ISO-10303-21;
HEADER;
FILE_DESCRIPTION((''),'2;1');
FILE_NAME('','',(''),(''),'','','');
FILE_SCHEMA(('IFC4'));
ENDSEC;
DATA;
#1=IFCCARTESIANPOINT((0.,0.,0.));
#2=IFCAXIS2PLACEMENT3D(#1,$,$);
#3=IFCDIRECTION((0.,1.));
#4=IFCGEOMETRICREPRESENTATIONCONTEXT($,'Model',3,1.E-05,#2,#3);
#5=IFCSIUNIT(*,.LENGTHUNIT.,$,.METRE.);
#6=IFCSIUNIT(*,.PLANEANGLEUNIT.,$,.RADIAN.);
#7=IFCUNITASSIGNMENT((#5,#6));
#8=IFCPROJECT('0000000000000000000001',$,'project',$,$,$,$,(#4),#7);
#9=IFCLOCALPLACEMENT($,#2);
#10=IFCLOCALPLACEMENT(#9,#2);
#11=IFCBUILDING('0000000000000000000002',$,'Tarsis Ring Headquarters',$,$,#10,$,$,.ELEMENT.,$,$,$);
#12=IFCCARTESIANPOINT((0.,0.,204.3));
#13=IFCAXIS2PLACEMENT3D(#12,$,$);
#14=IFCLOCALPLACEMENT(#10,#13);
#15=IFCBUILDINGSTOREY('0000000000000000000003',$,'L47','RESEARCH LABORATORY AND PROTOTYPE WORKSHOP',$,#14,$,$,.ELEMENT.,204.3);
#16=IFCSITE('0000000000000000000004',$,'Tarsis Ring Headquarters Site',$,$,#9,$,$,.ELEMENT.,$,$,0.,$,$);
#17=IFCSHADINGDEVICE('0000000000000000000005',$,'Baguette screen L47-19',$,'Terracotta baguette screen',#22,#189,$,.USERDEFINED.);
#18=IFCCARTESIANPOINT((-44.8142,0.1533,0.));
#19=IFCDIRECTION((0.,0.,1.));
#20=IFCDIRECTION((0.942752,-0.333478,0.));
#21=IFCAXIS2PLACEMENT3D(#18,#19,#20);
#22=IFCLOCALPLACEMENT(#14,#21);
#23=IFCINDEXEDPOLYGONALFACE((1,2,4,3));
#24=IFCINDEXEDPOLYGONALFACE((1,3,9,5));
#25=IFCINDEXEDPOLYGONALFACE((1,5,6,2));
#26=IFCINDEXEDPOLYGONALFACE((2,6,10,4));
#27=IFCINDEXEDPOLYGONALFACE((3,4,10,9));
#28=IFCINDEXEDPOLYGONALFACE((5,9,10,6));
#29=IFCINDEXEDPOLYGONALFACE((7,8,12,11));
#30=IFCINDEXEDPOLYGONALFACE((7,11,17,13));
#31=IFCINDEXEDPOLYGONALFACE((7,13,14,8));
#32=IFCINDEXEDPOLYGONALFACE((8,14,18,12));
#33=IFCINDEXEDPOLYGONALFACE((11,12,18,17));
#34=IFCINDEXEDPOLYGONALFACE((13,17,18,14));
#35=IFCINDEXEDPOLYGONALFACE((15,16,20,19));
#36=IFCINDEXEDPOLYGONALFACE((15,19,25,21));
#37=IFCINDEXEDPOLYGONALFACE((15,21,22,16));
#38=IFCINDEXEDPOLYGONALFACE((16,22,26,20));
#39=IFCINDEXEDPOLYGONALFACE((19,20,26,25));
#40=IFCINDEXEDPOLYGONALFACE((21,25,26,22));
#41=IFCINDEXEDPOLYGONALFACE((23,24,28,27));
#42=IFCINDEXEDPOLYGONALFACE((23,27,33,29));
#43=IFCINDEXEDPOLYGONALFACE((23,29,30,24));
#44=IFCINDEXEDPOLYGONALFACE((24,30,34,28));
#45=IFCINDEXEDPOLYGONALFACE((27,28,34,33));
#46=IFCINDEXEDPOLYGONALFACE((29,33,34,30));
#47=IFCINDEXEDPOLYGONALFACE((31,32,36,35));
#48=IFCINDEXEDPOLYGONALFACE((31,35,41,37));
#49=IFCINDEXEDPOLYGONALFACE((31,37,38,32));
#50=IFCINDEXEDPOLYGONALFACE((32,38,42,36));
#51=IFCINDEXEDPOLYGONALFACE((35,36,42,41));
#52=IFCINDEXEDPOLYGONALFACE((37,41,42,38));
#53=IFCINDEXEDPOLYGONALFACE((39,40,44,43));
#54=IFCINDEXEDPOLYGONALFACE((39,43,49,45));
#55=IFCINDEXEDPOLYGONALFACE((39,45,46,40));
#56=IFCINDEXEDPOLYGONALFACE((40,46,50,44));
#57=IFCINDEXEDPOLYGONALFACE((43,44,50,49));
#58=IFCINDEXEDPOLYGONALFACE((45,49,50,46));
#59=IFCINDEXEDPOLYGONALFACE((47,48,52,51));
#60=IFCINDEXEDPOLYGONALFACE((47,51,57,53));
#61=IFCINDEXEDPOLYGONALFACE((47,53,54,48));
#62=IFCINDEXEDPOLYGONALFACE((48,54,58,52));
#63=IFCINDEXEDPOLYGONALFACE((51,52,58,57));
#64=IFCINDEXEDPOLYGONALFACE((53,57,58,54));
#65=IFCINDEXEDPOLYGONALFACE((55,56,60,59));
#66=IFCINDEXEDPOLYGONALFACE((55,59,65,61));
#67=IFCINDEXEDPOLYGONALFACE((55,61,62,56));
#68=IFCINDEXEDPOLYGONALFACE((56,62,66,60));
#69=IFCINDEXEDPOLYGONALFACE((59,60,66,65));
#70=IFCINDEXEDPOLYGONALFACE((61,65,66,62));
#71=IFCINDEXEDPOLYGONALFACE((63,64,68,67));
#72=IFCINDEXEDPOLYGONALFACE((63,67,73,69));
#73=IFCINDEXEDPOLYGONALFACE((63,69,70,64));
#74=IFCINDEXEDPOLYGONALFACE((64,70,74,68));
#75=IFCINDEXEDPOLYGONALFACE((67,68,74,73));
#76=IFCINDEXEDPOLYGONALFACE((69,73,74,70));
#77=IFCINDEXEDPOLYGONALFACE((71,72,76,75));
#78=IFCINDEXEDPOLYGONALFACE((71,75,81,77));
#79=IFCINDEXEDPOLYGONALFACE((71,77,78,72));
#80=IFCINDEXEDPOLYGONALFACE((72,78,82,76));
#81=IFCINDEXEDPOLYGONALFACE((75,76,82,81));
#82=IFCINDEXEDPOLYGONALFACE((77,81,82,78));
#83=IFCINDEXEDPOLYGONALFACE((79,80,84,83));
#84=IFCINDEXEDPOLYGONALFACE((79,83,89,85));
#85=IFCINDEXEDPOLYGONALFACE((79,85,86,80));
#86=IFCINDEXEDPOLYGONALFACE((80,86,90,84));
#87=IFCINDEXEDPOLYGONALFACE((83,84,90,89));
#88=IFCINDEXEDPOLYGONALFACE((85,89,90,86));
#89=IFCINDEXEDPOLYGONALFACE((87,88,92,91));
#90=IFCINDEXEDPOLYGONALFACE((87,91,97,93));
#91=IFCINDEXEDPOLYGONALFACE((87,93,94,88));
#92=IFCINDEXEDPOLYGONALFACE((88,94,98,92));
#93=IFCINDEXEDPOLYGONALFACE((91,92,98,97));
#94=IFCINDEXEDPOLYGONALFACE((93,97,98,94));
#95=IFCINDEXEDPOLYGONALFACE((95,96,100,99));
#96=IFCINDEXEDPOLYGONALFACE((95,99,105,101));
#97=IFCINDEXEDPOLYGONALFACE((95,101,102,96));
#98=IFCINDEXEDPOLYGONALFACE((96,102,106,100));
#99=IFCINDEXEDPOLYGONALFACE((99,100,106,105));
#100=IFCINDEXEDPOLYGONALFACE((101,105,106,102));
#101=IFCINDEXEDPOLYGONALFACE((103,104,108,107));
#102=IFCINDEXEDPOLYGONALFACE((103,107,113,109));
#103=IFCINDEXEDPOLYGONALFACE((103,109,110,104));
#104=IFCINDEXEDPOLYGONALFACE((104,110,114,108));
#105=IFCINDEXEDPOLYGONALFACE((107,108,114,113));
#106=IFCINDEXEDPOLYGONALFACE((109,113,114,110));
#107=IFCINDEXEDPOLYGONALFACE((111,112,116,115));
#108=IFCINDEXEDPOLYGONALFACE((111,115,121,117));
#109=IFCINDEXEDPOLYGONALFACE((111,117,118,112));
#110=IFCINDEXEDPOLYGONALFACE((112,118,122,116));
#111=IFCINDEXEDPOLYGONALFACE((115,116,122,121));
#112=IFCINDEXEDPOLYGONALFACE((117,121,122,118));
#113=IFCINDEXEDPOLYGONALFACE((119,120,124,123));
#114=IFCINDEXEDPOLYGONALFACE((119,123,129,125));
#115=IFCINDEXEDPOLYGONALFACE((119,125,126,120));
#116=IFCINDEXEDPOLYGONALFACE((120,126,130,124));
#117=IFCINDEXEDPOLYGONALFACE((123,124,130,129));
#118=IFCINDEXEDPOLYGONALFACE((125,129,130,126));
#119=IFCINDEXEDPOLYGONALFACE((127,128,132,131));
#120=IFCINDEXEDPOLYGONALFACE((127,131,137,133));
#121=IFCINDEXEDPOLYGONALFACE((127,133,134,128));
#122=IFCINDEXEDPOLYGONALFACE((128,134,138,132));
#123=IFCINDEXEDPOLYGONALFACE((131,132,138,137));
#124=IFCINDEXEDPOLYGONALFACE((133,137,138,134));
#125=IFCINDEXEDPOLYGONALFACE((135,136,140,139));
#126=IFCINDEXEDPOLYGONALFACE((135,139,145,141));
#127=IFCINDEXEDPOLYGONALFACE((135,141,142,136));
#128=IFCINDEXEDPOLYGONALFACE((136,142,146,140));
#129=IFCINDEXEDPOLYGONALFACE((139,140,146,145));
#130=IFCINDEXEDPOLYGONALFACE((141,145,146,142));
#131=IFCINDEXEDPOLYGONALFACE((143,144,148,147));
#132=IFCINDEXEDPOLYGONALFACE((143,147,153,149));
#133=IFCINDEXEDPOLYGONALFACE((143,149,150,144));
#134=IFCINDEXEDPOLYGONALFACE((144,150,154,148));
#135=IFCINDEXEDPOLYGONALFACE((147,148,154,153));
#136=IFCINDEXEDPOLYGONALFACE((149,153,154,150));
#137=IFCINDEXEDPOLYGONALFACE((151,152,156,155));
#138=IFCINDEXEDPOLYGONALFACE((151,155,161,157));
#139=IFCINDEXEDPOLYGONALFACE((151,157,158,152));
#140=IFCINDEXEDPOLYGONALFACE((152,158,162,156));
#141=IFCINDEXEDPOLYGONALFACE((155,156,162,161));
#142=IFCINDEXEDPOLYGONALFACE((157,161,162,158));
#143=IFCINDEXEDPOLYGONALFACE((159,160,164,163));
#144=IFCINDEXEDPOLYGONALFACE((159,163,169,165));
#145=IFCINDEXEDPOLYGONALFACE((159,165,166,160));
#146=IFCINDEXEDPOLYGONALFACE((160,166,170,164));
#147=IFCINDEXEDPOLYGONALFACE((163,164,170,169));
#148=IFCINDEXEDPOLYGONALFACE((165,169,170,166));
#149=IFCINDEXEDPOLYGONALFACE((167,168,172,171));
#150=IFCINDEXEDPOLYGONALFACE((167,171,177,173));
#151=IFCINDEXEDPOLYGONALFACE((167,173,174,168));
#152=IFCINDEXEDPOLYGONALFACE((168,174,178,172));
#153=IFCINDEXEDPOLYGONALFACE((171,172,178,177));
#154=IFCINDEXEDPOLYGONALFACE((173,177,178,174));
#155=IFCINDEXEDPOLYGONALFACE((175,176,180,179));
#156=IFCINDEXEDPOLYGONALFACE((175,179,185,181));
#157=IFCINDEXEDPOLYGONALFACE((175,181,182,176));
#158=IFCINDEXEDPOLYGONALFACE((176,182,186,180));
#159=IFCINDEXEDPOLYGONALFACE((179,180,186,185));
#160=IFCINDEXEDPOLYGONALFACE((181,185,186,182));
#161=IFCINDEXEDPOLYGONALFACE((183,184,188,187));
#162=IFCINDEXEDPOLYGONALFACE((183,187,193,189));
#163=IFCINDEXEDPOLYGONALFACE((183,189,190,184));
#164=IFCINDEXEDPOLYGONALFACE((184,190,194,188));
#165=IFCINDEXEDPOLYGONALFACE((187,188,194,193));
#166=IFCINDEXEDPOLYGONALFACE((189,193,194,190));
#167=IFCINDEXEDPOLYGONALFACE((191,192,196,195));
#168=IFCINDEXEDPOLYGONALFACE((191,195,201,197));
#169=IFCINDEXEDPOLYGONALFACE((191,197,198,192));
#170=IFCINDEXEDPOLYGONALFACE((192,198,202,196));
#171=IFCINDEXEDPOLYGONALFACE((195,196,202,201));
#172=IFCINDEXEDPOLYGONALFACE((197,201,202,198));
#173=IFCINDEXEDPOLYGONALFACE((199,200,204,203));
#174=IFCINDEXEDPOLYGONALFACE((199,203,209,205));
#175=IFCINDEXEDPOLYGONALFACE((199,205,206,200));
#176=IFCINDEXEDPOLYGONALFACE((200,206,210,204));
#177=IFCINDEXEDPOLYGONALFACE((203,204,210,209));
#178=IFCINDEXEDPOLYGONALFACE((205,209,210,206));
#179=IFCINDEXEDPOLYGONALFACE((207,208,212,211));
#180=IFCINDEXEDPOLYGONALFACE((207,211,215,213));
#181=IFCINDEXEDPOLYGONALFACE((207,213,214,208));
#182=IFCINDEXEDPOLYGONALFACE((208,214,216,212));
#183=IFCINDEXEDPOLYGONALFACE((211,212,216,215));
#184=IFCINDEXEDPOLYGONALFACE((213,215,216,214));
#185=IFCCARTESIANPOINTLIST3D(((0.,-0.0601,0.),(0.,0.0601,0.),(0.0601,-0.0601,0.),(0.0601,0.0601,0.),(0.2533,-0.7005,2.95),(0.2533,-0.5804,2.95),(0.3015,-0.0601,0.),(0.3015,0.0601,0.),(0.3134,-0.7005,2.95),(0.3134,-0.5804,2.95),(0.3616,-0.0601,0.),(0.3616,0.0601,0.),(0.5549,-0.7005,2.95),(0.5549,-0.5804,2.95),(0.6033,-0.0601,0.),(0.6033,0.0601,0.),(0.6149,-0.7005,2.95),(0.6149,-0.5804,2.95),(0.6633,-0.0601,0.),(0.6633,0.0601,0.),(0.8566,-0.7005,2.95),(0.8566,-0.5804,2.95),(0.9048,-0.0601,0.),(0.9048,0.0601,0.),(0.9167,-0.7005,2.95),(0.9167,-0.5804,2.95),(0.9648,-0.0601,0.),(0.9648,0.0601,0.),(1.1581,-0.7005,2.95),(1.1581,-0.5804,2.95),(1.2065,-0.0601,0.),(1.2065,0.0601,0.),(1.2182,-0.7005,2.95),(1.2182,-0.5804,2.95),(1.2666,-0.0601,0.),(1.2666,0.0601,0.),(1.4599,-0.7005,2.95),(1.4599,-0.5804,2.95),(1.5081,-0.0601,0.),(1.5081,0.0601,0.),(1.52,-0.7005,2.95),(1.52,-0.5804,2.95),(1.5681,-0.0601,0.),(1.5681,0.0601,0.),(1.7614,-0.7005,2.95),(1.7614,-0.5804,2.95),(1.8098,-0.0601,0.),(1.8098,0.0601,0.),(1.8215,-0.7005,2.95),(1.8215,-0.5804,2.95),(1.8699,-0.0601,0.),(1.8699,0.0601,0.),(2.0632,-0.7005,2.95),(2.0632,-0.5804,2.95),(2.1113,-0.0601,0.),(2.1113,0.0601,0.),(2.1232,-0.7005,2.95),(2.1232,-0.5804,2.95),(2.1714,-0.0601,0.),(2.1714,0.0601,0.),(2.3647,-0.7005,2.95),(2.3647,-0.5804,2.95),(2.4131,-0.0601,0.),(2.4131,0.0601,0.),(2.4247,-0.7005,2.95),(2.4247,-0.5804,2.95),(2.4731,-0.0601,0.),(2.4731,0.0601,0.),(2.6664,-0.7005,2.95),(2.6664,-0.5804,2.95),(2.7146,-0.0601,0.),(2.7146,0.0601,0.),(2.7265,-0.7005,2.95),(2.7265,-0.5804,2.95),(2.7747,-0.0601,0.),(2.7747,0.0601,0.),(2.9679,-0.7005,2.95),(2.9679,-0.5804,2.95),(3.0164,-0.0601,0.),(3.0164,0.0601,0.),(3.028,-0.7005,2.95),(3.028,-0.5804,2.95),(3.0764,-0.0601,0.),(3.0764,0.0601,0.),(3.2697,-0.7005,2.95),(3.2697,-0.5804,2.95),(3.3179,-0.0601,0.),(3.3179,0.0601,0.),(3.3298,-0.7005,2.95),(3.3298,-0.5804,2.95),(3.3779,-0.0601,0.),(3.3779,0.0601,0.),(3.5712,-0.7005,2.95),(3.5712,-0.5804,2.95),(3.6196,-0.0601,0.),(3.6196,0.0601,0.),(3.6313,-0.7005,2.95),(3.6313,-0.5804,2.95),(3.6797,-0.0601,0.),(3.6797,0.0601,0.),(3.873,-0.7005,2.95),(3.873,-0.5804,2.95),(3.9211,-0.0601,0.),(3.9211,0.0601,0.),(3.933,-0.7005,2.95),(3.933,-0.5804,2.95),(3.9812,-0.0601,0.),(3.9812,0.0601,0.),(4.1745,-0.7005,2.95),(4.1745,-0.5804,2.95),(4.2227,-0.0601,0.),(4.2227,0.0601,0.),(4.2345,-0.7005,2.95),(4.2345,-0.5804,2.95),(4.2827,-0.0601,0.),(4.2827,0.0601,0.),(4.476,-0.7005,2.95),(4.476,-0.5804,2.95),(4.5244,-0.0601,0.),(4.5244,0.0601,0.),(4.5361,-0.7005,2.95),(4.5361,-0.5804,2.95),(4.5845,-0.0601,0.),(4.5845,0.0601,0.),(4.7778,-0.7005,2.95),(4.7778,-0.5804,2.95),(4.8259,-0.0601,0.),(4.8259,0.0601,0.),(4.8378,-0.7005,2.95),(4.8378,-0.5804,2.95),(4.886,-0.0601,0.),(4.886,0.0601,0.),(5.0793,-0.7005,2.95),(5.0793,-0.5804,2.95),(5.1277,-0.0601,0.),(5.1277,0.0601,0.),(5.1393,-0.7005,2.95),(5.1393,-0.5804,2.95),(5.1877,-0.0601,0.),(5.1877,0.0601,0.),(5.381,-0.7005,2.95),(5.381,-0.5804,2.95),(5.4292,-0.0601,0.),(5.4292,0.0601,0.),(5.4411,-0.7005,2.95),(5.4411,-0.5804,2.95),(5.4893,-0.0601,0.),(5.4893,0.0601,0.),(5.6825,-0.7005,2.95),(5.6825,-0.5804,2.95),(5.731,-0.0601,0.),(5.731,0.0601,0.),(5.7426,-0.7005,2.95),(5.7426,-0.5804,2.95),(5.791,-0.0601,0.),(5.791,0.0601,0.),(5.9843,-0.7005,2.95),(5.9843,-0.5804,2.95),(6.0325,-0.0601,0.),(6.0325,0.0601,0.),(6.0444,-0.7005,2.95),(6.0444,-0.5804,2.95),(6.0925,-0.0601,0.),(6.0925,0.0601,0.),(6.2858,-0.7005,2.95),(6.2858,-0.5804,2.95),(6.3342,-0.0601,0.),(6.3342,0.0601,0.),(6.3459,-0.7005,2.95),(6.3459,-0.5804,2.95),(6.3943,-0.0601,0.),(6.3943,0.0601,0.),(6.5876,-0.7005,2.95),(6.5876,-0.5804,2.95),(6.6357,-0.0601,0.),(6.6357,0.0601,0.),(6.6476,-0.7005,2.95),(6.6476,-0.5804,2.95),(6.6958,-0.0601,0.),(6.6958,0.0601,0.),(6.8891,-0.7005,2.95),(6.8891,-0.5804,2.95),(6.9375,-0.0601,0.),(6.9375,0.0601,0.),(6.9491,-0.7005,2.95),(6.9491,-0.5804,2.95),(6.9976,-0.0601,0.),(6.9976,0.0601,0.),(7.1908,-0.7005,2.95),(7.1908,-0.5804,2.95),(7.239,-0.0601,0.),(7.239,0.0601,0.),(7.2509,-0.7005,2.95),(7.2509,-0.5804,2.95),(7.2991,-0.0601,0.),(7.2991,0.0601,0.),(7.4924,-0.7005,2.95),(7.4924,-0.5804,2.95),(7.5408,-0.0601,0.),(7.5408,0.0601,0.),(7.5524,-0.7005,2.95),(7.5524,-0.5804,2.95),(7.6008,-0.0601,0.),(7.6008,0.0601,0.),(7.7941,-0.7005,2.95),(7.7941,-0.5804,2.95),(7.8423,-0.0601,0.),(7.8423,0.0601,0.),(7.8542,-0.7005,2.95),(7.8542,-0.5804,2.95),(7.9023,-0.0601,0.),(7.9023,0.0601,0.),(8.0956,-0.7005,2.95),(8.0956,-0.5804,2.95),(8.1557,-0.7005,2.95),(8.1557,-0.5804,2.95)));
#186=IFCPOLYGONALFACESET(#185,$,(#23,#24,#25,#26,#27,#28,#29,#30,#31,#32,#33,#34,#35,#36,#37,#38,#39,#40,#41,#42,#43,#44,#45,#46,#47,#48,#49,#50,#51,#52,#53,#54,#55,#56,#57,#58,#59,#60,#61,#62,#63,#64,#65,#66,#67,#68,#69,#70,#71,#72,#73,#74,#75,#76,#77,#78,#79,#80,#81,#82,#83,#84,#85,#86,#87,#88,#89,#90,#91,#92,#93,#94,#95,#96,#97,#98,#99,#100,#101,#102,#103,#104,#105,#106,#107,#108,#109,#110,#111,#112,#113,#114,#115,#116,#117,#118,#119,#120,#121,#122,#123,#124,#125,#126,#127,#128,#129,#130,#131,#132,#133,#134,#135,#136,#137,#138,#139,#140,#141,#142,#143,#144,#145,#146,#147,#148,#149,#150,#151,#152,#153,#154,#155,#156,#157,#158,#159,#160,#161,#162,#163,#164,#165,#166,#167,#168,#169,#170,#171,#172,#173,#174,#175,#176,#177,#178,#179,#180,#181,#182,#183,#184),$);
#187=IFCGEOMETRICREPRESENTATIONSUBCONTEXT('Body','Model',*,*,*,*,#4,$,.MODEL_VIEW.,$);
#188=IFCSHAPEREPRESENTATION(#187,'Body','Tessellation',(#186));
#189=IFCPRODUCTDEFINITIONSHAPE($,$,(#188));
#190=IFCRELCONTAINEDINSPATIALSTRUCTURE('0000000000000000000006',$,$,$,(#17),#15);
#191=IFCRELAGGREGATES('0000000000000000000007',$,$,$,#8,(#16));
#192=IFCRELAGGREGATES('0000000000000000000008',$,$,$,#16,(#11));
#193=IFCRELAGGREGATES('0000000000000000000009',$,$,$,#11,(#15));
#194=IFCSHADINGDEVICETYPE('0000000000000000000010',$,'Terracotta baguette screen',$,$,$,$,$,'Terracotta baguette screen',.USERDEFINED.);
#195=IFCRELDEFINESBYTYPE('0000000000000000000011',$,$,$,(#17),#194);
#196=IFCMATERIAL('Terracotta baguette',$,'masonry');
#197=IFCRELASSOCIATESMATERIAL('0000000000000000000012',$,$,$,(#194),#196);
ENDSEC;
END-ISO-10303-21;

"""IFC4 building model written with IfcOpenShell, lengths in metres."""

from ifc_helpers import new_model, si_unit, direction, frame, frame_2d, origin, place, context, subcontext, project, spatial, rectangle, composite_profile, extrude, material, type_object, element, save


model = new_model("IFC4")

# Units and contexts
model_context = context("Model", 3, precision=1e-05, world=origin(), true_north=direction((0.0, 1.0)))
body_context = subcontext(model_context, "Body", "Model", "MODEL_VIEW")
ifc_project = project(units=[si_unit("LENGTHUNIT", "METRE"), si_unit("PLANEANGLEUNIT", "RADIAN")], contexts=[model_context])

# Site, building, storey
site_placement = place(None, origin())
site = spatial("IfcSite", under=ifc_project, at=site_placement, Name="Tarsis Ring Headquarters Site", CompositionType="ELEMENT", RefElevation=0.0)
building_placement = place(site_placement, origin())
building = spatial("IfcBuilding", under=site, at=building_placement, Name="Tarsis Ring Headquarters", CompositionType="ELEMENT")
storey_placement = place(building_placement, frame((0.0, 0.0, 204.3)))
storey = spatial("IfcBuildingStorey", under=building, at=storey_placement, Name="L47", Description="RESEARCH LABORATORY AND PROTOTYPE WORKSHOP", CompositionType="ELEMENT", Elevation=204.3)

# Shading device
ifc_material_1 = material(Name="Terracotta baguette", Category="masonry")
shading_device_type_1 = type_object("IfcShadingDeviceType", Name="Terracotta baguette screen", ElementType="Terracotta baguette screen", PredefinedType="USERDEFINED", material=ifc_material_1)
shading_device_placement = place(storey_placement, frame((-44.8142, 0.1533, 0.0), z_axis=(0.0, 0.0, 1.0), x_axis=(0.942752, -0.333478, 0.0)))
element("IfcShadingDevice", 1, at=shading_device_placement, inside=storey, type_object=shading_device_type_1, Name="Baguette screen L47-19", ObjectType="Terracotta baguette screen", PredefinedType="USERDEFINED", context=body_context, shape_type="SweptSolid", body=[
    extrude(composite_profile([rectangle(XDim=0.0601, YDim=0.1201, at=frame_2d((0.03, 0.0))), rectangle(XDim=0.0601, YDim=0.1201, at=frame_2d((0.3315, 0.0))), rectangle(XDim=0.0601, YDim=0.1201, at=frame_2d((0.6333, 0.0))), rectangle(XDim=0.0601, YDim=0.1201, at=frame_2d((0.9348, 0.0))), rectangle(XDim=0.0601, YDim=0.1201, at=frame_2d((1.2366, 0.0))), rectangle(XDim=0.0601, YDim=0.1201, at=frame_2d((1.5381, 0.0))), rectangle(XDim=0.0601, YDim=0.1201, at=frame_2d((1.8398, 0.0))), rectangle(XDim=0.0601, YDim=0.1201, at=frame_2d((2.1414, 0.0))), rectangle(XDim=0.0601, YDim=0.1201, at=frame_2d((2.4431, 0.0))), rectangle(XDim=0.0601, YDim=0.1201, at=frame_2d((2.7446, 0.0))), rectangle(XDim=0.0601, YDim=0.1201, at=frame_2d((3.0464, 0.0))), rectangle(XDim=0.0601, YDim=0.1201, at=frame_2d((3.3479, 0.0))), rectangle(XDim=0.0601, YDim=0.1201, at=frame_2d((3.6497, 0.0))), rectangle(XDim=0.0601, YDim=0.1201, at=frame_2d((3.9512, 0.0))), rectangle(XDim=0.0601, YDim=0.1201, at=frame_2d((4.2527, 0.0))), rectangle(XDim=0.0601, YDim=0.1201, at=frame_2d((4.5544, 0.0))), rectangle(XDim=0.0601, YDim=0.1201, at=frame_2d((4.856, 0.0))), rectangle(XDim=0.0601, YDim=0.1201, at=frame_2d((5.1577, 0.0))), rectangle(XDim=0.0601, YDim=0.1201, at=frame_2d((5.4592, 0.0))), rectangle(XDim=0.0601, YDim=0.1201, at=frame_2d((5.761, 0.0))), rectangle(XDim=0.0601, YDim=0.1201, at=frame_2d((6.0625, 0.0))), rectangle(XDim=0.0601, YDim=0.1201, at=frame_2d((6.3643, 0.0))), rectangle(XDim=0.0601, YDim=0.1201, at=frame_2d((6.6658, 0.0))), rectangle(XDim=0.0601, YDim=0.1201, at=frame_2d((6.9675, 0.0))), rectangle(XDim=0.0601, YDim=0.1201, at=frame_2d((7.269, 0.0))), rectangle(XDim=0.0601, YDim=0.1201, at=frame_2d((7.5708, 0.0))), rectangle(XDim=0.0601, YDim=0.1201, at=frame_2d((7.8723, 0.0)))]), origin(), (0.083633, -0.211413, 0.973812), 3.0293),
])

save(model, "model.ifc")
